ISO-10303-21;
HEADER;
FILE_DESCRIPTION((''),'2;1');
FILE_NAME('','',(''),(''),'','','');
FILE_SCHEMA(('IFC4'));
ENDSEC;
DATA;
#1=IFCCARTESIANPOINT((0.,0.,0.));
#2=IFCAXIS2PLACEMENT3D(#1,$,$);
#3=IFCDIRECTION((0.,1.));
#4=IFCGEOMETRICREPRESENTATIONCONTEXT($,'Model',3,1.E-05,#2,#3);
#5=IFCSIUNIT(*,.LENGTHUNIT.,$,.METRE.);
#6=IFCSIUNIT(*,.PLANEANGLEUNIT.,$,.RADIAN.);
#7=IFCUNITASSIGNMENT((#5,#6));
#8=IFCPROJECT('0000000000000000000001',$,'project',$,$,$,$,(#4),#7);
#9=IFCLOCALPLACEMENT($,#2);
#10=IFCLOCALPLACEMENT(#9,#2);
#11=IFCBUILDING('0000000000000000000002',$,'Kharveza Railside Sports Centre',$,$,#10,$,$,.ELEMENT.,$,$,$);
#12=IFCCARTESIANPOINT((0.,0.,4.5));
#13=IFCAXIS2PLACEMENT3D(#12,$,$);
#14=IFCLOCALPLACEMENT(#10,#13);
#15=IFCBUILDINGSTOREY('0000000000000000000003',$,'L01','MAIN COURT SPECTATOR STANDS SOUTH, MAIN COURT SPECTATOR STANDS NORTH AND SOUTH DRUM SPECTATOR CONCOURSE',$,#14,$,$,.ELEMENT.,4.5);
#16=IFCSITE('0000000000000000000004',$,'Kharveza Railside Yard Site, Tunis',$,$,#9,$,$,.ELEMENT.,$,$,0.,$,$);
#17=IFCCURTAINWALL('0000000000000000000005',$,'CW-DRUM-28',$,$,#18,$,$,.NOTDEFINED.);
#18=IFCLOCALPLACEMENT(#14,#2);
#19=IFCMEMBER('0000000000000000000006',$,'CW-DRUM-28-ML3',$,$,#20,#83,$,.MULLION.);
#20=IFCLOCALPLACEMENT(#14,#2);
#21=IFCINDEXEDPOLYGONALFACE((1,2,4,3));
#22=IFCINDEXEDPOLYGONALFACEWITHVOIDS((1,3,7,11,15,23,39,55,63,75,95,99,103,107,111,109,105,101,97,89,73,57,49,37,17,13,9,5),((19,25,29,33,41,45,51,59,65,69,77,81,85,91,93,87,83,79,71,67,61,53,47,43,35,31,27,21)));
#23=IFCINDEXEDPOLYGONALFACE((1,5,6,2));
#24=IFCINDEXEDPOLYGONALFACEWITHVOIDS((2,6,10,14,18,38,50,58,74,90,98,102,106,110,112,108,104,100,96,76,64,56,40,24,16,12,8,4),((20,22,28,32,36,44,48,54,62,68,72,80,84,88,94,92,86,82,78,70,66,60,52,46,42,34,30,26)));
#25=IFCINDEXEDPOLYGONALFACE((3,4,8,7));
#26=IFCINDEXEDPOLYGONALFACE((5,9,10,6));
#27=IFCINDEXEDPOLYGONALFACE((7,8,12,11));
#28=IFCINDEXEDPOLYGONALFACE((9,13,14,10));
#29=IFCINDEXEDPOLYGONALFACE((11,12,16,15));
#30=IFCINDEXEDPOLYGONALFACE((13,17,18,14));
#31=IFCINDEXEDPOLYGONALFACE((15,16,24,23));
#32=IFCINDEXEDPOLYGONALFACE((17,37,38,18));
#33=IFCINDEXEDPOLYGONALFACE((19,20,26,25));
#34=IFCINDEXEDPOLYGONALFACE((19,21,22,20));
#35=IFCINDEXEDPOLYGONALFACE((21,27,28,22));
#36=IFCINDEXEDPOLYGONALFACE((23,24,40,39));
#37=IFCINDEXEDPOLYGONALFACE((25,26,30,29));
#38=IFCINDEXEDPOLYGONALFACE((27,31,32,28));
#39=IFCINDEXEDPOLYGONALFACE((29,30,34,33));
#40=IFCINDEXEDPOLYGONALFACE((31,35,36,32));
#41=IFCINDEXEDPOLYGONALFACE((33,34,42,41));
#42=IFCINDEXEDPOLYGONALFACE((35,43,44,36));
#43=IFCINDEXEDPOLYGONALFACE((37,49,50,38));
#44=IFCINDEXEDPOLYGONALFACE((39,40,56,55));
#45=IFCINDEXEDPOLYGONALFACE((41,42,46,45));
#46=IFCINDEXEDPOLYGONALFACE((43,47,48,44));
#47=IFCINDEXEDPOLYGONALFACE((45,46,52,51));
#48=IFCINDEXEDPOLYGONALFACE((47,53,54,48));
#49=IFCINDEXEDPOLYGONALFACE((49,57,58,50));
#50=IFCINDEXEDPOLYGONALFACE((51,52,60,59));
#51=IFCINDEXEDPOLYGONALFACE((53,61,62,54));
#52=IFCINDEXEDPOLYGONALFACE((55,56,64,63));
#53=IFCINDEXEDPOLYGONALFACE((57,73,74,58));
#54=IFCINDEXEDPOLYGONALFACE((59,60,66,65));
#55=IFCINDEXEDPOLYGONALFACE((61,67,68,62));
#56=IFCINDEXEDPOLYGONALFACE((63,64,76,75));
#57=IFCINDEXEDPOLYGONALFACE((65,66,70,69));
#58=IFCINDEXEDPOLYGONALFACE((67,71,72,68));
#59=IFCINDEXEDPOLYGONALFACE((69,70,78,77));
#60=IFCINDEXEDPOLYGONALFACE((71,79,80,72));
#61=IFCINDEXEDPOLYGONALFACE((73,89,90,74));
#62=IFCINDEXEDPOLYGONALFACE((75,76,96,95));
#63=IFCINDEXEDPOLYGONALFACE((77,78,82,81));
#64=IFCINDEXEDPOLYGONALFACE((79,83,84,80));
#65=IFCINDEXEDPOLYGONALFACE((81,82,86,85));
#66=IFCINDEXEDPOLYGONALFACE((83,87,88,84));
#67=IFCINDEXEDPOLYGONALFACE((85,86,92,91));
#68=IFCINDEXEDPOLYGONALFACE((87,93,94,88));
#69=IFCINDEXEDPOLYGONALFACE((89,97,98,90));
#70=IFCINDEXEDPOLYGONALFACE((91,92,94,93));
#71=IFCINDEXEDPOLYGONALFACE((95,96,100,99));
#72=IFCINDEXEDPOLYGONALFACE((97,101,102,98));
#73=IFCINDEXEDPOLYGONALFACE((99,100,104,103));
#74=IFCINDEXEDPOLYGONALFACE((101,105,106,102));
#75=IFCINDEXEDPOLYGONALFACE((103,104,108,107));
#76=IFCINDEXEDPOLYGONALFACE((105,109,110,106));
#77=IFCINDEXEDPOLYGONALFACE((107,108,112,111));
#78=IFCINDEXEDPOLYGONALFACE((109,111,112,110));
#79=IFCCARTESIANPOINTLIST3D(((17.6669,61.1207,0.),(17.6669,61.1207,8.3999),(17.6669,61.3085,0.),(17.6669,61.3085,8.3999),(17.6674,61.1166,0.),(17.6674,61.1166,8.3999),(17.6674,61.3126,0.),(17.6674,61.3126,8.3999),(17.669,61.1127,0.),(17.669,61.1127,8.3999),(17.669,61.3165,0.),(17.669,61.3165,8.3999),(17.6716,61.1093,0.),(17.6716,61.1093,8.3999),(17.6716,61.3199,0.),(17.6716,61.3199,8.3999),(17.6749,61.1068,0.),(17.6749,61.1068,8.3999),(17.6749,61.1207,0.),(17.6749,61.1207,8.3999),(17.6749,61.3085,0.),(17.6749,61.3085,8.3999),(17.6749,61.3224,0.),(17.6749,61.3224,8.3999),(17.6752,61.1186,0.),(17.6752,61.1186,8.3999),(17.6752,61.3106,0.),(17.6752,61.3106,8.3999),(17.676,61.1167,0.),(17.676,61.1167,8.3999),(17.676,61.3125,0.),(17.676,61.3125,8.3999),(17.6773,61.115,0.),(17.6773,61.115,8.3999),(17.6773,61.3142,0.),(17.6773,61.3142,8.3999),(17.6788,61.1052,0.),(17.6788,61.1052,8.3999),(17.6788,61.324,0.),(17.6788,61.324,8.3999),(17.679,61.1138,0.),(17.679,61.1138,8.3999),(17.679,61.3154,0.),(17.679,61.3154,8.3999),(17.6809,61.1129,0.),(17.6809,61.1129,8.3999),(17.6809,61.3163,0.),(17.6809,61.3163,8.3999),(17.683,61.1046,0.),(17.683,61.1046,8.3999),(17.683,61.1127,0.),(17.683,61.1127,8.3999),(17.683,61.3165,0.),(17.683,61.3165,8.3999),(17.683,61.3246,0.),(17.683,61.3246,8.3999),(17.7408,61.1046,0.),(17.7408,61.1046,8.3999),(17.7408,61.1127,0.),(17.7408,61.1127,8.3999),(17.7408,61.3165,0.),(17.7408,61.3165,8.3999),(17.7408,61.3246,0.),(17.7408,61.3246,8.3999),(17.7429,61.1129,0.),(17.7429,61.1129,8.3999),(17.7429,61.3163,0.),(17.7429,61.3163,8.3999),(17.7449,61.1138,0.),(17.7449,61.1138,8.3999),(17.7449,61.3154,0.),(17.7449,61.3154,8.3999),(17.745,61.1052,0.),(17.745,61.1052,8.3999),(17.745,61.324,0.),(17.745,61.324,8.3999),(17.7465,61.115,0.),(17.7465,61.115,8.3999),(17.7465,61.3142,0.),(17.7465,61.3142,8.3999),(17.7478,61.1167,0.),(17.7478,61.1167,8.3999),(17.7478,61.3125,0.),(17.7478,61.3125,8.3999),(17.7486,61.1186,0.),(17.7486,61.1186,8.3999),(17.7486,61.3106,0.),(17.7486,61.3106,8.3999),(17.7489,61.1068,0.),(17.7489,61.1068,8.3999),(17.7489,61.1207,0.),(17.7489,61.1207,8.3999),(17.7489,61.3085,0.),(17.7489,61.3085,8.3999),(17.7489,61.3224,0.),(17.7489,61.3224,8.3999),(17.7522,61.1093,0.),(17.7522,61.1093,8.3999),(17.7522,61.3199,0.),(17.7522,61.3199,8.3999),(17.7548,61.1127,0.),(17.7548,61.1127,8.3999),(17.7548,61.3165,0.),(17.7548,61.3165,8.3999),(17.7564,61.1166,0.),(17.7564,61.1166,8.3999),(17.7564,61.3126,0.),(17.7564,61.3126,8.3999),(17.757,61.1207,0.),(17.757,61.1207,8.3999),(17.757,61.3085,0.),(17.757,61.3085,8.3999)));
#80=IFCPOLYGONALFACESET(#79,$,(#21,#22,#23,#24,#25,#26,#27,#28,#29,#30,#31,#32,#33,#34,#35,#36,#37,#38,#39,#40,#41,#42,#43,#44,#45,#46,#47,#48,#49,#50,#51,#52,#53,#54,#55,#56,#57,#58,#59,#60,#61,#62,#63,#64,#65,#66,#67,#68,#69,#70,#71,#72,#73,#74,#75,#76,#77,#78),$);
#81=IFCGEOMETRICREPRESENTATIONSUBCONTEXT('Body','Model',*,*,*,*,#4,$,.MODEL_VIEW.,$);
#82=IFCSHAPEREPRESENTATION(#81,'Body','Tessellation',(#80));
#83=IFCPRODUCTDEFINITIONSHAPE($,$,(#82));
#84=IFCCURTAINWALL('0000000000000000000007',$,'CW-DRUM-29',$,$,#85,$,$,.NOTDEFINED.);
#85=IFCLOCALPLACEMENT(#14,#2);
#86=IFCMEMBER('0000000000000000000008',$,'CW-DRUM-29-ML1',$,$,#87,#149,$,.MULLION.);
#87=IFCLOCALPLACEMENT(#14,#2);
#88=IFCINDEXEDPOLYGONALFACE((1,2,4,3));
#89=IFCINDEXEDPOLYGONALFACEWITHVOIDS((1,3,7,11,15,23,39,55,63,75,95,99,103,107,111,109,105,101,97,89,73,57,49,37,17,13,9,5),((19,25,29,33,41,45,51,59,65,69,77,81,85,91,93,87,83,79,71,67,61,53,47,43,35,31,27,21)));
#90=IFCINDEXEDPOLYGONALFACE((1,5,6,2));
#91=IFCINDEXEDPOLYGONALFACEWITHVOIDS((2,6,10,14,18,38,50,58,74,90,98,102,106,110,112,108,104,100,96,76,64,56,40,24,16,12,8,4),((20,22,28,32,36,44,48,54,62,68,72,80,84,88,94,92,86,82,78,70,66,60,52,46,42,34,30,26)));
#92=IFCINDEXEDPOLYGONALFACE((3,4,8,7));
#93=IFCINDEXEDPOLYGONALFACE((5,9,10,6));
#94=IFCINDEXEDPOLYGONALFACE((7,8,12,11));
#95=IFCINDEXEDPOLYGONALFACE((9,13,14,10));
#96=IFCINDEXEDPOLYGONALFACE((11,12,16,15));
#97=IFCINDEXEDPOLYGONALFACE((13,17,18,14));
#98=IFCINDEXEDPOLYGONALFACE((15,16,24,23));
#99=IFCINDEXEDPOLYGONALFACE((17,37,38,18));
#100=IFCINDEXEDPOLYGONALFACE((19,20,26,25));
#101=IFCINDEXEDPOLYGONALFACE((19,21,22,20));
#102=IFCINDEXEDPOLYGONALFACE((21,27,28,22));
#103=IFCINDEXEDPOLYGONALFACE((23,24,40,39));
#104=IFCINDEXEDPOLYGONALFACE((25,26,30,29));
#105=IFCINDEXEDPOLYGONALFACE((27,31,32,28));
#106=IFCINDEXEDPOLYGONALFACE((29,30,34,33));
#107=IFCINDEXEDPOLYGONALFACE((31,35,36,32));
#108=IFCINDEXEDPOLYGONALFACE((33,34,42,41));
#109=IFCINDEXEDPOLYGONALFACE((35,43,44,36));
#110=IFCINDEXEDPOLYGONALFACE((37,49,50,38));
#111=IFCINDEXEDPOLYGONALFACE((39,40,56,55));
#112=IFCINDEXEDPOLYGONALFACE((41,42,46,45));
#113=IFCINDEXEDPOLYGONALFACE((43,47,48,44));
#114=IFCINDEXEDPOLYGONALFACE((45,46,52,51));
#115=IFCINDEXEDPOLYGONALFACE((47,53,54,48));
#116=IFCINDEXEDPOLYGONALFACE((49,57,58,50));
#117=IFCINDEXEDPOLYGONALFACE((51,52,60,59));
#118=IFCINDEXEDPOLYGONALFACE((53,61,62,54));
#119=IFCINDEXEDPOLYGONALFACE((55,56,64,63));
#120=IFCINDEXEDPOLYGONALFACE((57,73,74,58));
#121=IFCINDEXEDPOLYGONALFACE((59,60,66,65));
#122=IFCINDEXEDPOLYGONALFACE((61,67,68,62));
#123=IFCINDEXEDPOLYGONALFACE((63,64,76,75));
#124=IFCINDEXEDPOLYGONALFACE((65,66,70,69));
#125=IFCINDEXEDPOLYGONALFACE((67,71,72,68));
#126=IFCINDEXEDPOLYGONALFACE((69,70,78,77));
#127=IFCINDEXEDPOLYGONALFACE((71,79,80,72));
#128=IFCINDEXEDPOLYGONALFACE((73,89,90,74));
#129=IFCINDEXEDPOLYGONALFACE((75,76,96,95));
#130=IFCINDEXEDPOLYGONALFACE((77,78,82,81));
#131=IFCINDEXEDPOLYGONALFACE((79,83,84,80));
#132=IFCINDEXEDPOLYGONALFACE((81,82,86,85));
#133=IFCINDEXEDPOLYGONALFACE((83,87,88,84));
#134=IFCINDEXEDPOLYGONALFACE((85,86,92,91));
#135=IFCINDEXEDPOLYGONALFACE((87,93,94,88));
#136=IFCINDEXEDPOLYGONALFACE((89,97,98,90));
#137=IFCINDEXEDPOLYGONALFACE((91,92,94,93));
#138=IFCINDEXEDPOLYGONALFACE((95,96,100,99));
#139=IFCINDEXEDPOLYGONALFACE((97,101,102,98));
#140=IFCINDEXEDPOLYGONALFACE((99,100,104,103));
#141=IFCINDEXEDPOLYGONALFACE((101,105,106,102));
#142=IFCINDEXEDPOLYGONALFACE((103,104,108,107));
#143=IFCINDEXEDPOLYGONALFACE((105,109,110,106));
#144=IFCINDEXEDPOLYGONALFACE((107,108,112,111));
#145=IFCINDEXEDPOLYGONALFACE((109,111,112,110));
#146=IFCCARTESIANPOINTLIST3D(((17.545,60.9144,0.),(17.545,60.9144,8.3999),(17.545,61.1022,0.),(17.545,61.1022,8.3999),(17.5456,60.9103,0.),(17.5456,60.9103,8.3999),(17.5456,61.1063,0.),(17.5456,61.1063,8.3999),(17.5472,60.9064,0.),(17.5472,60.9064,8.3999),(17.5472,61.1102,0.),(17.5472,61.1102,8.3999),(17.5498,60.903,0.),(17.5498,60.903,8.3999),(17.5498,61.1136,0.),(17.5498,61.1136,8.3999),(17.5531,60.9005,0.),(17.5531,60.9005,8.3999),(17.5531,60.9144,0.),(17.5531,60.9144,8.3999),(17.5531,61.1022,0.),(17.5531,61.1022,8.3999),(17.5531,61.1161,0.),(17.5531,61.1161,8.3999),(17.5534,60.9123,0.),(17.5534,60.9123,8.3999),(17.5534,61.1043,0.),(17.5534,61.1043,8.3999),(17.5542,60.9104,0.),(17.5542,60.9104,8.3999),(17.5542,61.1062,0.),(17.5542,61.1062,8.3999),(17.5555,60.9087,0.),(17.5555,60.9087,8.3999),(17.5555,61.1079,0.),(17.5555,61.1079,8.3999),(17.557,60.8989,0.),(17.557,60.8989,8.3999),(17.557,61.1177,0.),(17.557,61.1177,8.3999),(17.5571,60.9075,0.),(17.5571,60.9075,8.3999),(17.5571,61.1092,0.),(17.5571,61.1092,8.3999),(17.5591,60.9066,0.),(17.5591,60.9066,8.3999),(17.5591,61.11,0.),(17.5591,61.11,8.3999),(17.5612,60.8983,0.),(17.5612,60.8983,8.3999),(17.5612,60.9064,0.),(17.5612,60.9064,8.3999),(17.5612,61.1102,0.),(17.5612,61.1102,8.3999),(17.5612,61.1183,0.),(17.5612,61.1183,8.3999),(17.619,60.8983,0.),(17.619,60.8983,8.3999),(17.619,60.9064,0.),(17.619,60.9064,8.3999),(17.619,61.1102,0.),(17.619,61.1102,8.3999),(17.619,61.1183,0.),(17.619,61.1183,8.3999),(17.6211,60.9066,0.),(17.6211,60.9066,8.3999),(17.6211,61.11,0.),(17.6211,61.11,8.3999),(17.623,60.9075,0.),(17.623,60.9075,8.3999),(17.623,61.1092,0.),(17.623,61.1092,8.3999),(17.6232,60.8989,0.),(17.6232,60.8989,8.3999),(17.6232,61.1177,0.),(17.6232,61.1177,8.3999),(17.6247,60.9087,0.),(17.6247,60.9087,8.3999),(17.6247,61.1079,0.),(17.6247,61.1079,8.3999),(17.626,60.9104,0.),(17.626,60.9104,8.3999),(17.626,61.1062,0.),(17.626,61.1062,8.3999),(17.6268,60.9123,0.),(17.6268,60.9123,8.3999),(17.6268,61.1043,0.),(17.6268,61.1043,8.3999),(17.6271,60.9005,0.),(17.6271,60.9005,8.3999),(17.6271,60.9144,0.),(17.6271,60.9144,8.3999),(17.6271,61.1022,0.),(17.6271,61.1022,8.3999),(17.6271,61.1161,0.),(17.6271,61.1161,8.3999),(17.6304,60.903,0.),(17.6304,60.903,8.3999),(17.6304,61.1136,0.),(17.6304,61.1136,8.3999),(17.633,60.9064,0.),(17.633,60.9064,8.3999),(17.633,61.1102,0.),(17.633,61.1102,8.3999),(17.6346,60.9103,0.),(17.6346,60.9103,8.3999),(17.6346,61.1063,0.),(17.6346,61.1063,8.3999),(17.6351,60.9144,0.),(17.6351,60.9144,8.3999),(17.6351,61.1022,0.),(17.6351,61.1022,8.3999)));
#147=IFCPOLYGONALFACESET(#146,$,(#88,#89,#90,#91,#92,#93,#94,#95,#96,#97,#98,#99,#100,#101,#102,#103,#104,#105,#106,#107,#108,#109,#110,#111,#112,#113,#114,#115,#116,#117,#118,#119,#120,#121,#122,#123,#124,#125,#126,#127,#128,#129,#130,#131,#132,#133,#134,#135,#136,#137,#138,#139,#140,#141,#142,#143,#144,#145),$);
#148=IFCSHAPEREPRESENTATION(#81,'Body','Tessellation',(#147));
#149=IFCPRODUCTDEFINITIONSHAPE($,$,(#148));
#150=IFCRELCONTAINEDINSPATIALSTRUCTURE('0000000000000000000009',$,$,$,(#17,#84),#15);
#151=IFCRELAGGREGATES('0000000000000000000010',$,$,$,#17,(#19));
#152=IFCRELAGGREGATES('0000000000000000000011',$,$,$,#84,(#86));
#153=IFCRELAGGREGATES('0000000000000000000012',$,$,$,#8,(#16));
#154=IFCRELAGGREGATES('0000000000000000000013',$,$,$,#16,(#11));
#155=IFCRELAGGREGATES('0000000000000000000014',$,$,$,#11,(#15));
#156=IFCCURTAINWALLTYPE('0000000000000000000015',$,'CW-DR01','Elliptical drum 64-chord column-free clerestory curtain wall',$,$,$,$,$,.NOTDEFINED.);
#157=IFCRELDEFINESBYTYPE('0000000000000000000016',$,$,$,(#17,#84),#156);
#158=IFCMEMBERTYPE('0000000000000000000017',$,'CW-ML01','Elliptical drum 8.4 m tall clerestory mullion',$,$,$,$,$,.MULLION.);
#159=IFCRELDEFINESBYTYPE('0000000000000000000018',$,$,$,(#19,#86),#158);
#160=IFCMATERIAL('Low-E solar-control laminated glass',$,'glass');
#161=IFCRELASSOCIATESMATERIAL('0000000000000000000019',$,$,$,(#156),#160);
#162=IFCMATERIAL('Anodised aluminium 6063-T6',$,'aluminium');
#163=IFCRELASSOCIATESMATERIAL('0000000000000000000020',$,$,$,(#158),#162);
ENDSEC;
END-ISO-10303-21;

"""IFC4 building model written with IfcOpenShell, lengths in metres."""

from ifc_helpers import new_model, si_unit, direction, frame, origin, origin_2d, place, context, subcontext, project, spatial, hollow_rectangle, extrude, material, material_profile, profile_set, type_object, element, aggregate, save


model = new_model("IFC4")

# Units and contexts
model_context = context("Model", 3, precision=1e-05, world=origin(), true_north=direction((0.0, 1.0)))
body_context = subcontext(model_context, "Body", "Model", "MODEL_VIEW")
ifc_project = project(units=[si_unit("LENGTHUNIT", "METRE"), si_unit("PLANEANGLEUNIT", "RADIAN")], contexts=[model_context])

# Site, building, storey
site_placement = place(None, origin())
site = spatial("IfcSite", under=ifc_project, at=site_placement, Name="Kharveza Railside Yard Site, Tunis", CompositionType="ELEMENT", RefElevation=0.0)
building_placement = place(site_placement, origin())
building = spatial("IfcBuilding", under=site, at=building_placement, Name="Kharveza Railside Sports Centre", CompositionType="ELEMENT")
storey_placement = place(building_placement, frame((0.0, 0.0, 4.5)))
storey = spatial("IfcBuildingStorey", under=building, at=storey_placement, Name="L01", Description="MAIN COURT SPECTATOR STANDS SOUTH, MAIN COURT SPECTATOR STANDS NORTH AND SOUTH DRUM SPECTATOR CONCOURSE", CompositionType="ELEMENT", Elevation=4.5)

# Curtain walls, members
ifc_material_1 = material(Name="Low-E solar-control laminated glass", Category="glass")
curtain_wall_type = type_object("IfcCurtainWallType", Name="CW-DR01", Description="Elliptical drum 64-chord column-free clerestory curtain wall", PredefinedType="NOTDEFINED", material=ifc_material_1)
curtain_wall_1_placement = place(storey_placement, origin())
curtain_wall_1 = element("IfcCurtainWall", 1, at=curtain_wall_1_placement, inside=storey, type_object=curtain_wall_type, Name="CW-DRUM-28", PredefinedType="NOTDEFINED")
ifc_material_2 = material(Name="Anodised aluminium 6063-T6", Category="aluminium")
ifc_material_profile_1 = material_profile(ifc_material_2, hollow_rectangle(XDim=0.0901, YDim=0.22, WallThickness=0.0081, InnerFilletRadius=0.0081, OuterFilletRadius=0.0161, at=origin_2d()), Name="RHS 90x220x8.0")
ifc_profile_set_1 = profile_set([ifc_material_profile_1], Name="Anodised aluminium 6063-T6")
member_type_1 = type_object("IfcMemberType", Name="CW-ML01", Description="Elliptical drum 8.4 m tall clerestory mullion", PredefinedType="MULLION", material=ifc_profile_set_1)
member_1_placement = place(storey_placement, frame((17.7119, 61.2146, 0.0), z_axis=(0.0, 0.0, 1.0), x_axis=(1.0, 0.0, 0.0)))
member_1 = element("IfcMember", 2, at=member_1_placement, type_object=member_type_1, Name="CW-DRUM-28-ML3", PredefinedType="MULLION", context=body_context, shape_type="SweptSolid", body=[
    extrude(hollow_rectangle(XDim=0.0901, YDim=0.22, WallThickness=0.0081, InnerFilletRadius=0.0081, OuterFilletRadius=0.0161, at=origin_2d()), origin(), (0.0, 0.0, 1.0), 8.3999),
])
curtain_wall_2_placement = place(storey_placement, origin())
curtain_wall_2 = element("IfcCurtainWall", 3, at=curtain_wall_2_placement, inside=storey, type_object=curtain_wall_type, Name="CW-DRUM-29", PredefinedType="NOTDEFINED")
member_2_placement = place(storey_placement, frame((17.5901, 61.0083, 0.0), z_axis=(0.0, 0.0, 1.0), x_axis=(1.0, 0.0, 0.0)))
member_2 = element("IfcMember", 4, at=member_2_placement, type_object=member_type_1, Name="CW-DRUM-29-ML1", PredefinedType="MULLION", context=body_context, shape_type="SweptSolid", body=[
    extrude(hollow_rectangle(XDim=0.0901, YDim=0.22, WallThickness=0.0081, InnerFilletRadius=0.0081, OuterFilletRadius=0.0161, at=origin_2d()), origin(), (0.0, 0.0, 1.0), 8.3999),
])

aggregate(curtain_wall_1, [member_1])
aggregate(curtain_wall_2, [member_2])

save(model, "model.ifc")
